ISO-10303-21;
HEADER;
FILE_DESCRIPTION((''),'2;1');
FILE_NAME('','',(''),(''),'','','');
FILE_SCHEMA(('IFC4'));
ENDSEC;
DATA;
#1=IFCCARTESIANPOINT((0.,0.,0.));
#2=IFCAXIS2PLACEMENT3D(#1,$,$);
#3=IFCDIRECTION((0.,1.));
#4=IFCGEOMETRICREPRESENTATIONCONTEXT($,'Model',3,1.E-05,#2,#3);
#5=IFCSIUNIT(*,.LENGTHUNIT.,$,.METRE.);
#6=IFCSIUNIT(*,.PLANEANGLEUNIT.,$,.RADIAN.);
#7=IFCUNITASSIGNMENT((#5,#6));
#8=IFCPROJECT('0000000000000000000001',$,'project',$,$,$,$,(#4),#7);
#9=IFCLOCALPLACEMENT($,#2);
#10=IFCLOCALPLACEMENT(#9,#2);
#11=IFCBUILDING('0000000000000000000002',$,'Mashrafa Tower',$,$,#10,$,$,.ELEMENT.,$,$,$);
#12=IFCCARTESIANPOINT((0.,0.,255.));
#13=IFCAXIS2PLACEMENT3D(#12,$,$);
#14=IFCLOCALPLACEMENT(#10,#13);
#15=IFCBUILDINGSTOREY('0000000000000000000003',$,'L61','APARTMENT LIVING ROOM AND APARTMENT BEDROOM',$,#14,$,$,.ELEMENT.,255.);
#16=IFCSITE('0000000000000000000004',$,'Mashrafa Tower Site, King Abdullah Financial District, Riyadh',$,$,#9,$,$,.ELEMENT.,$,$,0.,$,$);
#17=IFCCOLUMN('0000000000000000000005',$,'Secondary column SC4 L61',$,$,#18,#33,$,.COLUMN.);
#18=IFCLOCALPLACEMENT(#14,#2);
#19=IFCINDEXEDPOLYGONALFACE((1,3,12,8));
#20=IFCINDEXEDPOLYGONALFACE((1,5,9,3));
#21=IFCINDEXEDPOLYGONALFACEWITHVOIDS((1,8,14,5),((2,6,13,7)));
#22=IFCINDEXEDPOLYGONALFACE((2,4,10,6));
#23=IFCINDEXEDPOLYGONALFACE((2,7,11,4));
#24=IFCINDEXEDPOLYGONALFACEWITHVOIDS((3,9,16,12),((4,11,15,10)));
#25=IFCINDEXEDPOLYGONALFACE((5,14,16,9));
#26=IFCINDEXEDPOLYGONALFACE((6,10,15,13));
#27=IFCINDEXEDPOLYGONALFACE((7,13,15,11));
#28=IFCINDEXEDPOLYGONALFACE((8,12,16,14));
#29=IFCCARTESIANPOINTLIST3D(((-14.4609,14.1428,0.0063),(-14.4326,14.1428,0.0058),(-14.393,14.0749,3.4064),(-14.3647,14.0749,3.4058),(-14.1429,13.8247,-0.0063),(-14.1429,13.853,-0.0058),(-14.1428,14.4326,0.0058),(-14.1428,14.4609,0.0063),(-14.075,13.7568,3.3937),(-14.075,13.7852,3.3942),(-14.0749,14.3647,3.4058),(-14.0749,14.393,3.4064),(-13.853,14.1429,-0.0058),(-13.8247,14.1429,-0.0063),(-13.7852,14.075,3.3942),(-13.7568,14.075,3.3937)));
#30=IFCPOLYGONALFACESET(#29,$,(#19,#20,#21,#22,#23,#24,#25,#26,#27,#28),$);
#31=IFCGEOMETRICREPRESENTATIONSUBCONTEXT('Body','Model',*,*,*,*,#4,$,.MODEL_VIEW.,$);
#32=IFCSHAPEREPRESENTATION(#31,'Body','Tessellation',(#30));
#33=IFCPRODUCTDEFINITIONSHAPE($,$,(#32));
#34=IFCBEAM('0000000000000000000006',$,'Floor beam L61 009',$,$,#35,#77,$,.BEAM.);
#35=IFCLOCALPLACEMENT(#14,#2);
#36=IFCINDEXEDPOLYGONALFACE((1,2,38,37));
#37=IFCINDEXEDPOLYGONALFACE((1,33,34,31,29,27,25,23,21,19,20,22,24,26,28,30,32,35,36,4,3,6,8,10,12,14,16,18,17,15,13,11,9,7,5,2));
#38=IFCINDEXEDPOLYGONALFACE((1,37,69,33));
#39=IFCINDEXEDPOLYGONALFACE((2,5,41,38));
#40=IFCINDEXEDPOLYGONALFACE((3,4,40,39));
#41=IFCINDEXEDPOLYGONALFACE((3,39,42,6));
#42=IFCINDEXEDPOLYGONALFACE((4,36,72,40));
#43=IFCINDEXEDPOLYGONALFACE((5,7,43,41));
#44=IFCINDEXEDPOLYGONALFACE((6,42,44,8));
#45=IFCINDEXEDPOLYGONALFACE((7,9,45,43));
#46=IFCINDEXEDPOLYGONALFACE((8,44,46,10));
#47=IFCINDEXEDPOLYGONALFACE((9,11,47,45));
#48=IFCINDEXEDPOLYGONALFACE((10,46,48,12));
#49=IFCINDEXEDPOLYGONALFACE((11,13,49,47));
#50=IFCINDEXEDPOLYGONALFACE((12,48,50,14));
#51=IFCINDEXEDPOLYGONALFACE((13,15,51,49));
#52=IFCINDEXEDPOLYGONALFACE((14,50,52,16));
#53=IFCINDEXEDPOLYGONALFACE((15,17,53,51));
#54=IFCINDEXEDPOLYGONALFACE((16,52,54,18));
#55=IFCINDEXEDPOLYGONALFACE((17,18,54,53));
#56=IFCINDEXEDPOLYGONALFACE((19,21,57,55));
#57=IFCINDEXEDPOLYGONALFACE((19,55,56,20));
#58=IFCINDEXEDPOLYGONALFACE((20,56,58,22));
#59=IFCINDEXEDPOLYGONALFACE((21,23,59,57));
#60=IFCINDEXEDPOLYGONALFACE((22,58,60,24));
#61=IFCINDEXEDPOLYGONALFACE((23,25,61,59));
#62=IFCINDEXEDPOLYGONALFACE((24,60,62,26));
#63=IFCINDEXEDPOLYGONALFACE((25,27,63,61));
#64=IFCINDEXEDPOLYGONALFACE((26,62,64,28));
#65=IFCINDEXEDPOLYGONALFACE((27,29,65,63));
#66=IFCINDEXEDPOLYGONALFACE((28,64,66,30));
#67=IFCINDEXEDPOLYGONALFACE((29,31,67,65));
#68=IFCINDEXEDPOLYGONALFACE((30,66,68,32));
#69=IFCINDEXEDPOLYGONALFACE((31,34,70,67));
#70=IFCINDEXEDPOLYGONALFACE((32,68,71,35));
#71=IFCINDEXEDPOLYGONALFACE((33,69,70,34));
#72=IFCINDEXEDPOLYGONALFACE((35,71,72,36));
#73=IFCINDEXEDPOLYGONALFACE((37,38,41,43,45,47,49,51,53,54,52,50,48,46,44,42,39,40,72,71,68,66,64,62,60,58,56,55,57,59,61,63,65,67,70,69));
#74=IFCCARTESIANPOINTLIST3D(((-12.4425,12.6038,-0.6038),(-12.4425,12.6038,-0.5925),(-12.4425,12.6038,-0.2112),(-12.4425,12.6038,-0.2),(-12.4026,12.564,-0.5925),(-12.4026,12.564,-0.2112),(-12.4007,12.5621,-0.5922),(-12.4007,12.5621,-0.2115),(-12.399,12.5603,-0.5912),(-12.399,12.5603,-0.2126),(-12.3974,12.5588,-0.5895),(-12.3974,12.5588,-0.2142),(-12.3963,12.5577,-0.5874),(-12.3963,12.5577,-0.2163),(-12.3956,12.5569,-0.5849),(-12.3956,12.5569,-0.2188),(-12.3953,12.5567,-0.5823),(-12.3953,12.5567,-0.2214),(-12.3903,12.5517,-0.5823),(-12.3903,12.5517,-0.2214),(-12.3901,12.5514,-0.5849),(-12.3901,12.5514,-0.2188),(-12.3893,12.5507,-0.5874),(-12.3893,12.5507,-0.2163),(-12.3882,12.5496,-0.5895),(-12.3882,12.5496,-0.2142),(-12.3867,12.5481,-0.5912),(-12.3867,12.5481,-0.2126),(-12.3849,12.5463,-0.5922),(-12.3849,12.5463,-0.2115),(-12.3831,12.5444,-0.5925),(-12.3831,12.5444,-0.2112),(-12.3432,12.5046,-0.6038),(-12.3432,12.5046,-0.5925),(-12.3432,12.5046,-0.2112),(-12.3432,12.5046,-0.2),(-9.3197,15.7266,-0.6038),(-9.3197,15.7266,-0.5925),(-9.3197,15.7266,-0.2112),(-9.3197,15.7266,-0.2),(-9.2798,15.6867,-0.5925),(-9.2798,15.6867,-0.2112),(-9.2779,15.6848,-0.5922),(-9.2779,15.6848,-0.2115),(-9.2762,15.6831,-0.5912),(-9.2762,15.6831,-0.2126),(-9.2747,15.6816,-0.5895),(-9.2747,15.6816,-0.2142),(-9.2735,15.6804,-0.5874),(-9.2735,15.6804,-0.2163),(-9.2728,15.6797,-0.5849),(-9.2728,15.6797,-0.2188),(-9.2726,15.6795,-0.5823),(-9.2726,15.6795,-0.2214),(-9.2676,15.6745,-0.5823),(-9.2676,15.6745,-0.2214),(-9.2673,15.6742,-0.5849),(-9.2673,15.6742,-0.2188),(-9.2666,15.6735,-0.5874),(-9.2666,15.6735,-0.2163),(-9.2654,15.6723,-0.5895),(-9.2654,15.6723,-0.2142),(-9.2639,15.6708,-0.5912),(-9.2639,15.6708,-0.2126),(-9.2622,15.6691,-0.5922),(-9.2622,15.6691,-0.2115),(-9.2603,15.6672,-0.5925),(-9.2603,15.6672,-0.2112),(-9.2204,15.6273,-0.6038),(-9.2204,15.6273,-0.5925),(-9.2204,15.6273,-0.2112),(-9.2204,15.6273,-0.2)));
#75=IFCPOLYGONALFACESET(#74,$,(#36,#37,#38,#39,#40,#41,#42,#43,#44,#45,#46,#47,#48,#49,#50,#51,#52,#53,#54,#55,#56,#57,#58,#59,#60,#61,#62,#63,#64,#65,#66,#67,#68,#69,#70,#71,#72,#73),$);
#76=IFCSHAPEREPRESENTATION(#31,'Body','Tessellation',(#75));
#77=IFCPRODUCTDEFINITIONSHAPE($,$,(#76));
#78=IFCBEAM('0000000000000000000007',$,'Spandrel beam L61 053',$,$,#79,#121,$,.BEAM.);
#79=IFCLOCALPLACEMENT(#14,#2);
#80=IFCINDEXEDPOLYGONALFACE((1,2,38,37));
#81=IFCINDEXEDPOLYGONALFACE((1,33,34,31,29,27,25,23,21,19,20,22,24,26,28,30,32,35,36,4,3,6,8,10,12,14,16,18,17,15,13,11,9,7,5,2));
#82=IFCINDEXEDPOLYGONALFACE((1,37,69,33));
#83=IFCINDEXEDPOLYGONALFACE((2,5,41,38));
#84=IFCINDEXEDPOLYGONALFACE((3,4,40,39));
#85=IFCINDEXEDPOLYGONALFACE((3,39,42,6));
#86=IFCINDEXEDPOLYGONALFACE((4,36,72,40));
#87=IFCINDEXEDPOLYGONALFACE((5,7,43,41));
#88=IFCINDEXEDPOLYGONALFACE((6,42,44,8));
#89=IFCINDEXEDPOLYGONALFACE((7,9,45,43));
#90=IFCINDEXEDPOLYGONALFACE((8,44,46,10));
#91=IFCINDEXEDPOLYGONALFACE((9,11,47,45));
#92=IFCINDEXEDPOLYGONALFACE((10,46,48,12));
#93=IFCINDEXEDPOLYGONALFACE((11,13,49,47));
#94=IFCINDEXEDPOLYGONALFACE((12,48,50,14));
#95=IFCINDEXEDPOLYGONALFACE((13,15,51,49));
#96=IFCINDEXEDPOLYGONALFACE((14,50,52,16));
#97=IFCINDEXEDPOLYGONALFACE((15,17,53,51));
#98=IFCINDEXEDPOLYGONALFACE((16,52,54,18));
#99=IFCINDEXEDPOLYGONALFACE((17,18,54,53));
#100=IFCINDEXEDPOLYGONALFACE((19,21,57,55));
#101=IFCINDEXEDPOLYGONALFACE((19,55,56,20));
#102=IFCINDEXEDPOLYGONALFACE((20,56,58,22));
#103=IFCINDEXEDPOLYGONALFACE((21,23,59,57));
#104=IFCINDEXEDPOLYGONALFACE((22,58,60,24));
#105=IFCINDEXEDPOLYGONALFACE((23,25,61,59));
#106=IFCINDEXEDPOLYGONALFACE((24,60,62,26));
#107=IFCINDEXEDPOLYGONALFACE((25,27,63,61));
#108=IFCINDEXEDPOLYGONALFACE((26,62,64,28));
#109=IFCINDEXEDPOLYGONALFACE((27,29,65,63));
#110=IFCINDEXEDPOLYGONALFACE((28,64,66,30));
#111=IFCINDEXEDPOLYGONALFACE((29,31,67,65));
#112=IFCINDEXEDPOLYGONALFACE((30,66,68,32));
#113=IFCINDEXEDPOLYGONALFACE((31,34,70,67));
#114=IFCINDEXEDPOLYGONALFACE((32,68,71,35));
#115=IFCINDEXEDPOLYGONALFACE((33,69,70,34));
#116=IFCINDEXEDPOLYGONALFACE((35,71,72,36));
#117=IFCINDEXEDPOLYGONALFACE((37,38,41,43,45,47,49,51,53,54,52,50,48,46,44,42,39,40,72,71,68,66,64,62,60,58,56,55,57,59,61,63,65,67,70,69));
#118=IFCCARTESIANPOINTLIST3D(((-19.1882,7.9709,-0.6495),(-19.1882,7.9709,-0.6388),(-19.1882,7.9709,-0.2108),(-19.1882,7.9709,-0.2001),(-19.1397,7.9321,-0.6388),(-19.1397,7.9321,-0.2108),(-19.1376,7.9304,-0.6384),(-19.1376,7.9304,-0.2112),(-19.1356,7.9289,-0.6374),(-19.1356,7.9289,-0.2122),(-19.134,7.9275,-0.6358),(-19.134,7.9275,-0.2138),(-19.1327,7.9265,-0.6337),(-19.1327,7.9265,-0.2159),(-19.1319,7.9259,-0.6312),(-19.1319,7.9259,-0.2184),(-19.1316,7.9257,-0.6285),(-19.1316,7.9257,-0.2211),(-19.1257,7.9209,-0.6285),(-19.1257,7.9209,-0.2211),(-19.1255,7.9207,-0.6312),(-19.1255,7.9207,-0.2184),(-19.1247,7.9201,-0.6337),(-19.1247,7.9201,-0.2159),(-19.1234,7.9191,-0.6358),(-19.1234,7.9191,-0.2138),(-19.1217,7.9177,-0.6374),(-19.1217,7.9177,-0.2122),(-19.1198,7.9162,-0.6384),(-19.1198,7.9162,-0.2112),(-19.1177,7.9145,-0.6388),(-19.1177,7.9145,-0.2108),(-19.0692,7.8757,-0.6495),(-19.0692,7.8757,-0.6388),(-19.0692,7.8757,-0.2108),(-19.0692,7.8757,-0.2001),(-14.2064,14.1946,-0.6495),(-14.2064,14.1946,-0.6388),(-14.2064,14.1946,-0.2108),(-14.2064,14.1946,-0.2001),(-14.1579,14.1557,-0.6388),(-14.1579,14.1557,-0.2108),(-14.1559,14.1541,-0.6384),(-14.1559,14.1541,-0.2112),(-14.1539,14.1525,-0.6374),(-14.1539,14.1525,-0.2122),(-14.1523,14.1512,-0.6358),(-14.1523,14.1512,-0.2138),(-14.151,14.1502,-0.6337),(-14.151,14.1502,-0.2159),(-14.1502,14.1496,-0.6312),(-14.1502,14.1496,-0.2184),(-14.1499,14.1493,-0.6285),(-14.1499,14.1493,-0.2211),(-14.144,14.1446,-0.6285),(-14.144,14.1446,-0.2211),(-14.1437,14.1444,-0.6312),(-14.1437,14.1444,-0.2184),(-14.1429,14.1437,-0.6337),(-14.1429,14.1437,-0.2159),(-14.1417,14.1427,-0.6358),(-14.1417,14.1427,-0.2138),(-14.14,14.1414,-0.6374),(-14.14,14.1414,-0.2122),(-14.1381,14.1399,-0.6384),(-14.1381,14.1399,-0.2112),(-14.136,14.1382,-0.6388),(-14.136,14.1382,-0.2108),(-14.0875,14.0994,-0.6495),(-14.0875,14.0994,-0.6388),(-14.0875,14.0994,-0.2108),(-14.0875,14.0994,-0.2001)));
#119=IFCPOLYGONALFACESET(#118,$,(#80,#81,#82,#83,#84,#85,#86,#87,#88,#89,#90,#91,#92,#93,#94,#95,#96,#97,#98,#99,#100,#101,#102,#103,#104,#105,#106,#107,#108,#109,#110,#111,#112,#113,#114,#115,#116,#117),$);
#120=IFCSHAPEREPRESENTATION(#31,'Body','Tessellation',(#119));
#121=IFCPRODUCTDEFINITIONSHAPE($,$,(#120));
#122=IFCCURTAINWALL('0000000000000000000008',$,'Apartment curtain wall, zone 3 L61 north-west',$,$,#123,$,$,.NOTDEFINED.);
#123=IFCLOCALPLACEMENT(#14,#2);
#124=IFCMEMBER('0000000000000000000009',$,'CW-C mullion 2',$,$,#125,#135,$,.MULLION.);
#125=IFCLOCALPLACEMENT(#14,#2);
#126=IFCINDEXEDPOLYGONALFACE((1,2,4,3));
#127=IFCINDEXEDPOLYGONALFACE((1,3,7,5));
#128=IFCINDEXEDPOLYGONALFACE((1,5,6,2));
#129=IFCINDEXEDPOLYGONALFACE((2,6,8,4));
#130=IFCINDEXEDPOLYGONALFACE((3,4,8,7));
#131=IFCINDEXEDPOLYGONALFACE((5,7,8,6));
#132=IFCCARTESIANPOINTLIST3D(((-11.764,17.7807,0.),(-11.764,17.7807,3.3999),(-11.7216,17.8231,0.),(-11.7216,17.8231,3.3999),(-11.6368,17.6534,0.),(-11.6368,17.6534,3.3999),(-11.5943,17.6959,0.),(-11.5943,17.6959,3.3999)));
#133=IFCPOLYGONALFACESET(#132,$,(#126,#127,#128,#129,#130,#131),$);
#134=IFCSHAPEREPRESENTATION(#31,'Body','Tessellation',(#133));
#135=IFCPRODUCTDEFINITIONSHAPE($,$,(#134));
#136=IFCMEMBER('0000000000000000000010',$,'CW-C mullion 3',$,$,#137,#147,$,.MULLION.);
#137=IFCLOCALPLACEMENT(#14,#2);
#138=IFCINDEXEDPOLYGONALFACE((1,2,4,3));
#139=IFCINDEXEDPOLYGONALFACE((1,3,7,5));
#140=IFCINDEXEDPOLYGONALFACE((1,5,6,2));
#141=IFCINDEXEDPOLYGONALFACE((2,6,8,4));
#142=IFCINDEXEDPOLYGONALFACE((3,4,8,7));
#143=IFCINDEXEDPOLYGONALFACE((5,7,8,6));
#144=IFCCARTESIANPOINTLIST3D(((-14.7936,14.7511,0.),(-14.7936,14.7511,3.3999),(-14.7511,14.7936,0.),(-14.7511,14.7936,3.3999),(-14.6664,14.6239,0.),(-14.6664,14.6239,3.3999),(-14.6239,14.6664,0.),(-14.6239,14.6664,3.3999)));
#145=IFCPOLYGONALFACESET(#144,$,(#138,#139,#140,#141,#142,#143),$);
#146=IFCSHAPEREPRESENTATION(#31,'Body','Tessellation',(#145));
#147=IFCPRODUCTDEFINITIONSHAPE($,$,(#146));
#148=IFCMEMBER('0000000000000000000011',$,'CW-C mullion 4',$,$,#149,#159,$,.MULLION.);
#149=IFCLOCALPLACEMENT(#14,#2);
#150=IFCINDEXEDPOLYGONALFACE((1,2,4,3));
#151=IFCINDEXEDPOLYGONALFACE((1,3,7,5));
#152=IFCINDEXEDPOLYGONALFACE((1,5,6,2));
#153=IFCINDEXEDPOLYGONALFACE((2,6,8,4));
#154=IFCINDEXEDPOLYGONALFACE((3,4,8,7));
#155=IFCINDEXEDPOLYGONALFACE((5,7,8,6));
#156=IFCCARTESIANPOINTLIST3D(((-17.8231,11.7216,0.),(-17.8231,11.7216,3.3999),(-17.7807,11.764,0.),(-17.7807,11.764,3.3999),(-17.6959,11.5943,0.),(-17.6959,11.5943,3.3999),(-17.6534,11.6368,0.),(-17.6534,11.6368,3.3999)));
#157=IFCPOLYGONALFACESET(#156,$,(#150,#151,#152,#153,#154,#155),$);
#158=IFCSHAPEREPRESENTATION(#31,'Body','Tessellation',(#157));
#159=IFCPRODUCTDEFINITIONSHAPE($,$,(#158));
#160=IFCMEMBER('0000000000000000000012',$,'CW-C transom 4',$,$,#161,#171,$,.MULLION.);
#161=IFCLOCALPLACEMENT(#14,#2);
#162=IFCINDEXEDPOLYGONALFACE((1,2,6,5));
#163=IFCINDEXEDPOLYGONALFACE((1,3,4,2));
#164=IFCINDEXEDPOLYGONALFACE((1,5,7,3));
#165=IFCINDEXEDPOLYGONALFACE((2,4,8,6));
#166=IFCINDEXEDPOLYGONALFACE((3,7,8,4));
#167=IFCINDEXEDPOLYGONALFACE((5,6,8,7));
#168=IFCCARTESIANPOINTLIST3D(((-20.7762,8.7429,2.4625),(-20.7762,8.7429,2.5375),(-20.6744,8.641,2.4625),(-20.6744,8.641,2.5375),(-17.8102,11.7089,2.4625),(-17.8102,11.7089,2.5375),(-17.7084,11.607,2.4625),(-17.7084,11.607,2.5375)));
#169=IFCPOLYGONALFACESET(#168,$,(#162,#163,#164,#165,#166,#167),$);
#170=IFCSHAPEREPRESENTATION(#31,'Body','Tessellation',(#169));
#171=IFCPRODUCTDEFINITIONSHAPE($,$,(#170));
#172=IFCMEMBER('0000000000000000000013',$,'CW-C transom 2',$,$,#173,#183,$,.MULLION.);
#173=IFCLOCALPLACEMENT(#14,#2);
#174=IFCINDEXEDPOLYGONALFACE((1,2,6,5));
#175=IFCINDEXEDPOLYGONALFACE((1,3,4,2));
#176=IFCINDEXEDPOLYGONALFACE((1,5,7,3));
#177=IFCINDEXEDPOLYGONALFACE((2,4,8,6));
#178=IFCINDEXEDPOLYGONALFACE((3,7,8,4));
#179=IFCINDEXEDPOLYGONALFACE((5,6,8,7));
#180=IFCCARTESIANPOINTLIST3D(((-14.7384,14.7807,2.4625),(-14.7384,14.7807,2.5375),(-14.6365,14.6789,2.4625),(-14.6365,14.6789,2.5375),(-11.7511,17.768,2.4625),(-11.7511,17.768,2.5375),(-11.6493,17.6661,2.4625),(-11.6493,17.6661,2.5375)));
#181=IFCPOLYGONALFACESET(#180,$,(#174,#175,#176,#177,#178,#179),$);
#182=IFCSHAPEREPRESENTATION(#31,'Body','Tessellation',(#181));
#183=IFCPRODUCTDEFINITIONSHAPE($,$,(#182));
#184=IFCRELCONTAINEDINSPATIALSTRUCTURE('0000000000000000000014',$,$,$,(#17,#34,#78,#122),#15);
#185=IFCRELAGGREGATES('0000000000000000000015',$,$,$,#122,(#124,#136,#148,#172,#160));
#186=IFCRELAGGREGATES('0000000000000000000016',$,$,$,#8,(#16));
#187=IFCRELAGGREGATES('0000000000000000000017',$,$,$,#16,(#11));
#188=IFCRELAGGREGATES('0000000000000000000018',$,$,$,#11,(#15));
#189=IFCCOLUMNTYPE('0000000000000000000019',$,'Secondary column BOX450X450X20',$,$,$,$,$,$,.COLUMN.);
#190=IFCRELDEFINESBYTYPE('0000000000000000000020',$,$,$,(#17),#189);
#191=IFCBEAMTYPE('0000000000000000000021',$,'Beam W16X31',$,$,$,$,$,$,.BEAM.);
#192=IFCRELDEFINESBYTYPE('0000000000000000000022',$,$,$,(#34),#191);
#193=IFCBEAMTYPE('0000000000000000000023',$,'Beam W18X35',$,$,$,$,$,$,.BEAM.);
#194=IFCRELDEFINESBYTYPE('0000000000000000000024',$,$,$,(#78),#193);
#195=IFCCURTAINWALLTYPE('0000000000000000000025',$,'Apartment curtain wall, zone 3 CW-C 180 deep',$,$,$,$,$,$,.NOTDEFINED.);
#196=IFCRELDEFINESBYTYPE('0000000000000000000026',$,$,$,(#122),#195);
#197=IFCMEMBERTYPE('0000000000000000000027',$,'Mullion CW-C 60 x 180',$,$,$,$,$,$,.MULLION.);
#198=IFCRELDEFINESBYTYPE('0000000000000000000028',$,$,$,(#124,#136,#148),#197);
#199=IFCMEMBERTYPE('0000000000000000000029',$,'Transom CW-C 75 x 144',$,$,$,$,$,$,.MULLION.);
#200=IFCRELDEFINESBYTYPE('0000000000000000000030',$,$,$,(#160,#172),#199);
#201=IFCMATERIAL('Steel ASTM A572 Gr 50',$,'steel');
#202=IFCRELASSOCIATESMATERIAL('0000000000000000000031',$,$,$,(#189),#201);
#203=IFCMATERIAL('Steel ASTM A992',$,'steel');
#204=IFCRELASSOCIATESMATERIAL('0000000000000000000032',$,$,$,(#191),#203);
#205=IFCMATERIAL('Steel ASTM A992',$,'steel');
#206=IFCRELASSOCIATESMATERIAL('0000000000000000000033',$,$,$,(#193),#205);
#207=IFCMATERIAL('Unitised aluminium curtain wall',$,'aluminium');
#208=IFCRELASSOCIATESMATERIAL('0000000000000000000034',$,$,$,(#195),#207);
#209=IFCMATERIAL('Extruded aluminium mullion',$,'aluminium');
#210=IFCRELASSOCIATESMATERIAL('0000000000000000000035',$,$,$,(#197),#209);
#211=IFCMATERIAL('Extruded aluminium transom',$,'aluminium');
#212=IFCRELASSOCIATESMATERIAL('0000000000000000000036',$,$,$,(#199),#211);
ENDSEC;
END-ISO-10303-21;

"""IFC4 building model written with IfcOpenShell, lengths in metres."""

from ifc_helpers import new_model, si_unit, direction, frame, origin, origin_2d, place, context, subcontext, project, spatial, rectangle, hollow_rectangle, i_section, extrude, source, transform, mapped, material, material_profile, profile_set, type_object, type_shapes, element, aggregate, save


model = new_model("IFC4")

# Units and contexts
model_context = context("Model", 3, precision=1e-05, world=origin(), true_north=direction((0.0, 1.0)))
body_context = subcontext(model_context, "Body", "Model", "MODEL_VIEW")
ifc_project = project(units=[si_unit("LENGTHUNIT", "METRE"), si_unit("PLANEANGLEUNIT", "RADIAN")], contexts=[model_context])

# Site, building, storey
site_placement = place(None, origin())
site = spatial("IfcSite", under=ifc_project, at=site_placement, Name="Mashrafa Tower Site, King Abdullah Financial District, Riyadh", CompositionType="ELEMENT", RefElevation=0.0)
building_placement = place(site_placement, origin())
building = spatial("IfcBuilding", under=site, at=building_placement, Name="Mashrafa Tower", CompositionType="ELEMENT")
storey_placement = place(building_placement, frame((0.0, 0.0, 255.0)))
storey = spatial("IfcBuildingStorey", under=building, at=storey_placement, Name="L61", Description="APARTMENT LIVING ROOM AND APARTMENT BEDROOM", CompositionType="ELEMENT", Elevation=255.0)

# Column
ifc_material_1 = material(Name="Steel ASTM A572 Gr 50", Category="steel")
ifc_material_profile_1 = material_profile(ifc_material_1, hollow_rectangle(XDim=0.45, YDim=0.45, WallThickness=0.02, at=origin_2d()), Name="BOX450X450X20")
ifc_profile_set_1 = profile_set([ifc_material_profile_1], Name="Steel ASTM A572 Gr 50")
column_type = type_object("IfcColumnType", Name="Secondary column BOX450X450X20", PredefinedType="COLUMN", material=ifc_profile_set_1)
column_placement = place(storey_placement, frame((-14.1428, 14.1428, 0.0), z_axis=(0.019955, -0.019955, 0.999602), x_axis=(0.707107, 0.707107, 0.0)))
element("IfcColumn", 1, at=column_placement, inside=storey, type_object=column_type, Name="Secondary column SC4 L61", PredefinedType="COLUMN", context=body_context, shape_type="SweptSolid", body=[
    extrude(hollow_rectangle(XDim=0.45, YDim=0.45, WallThickness=0.02, at=origin_2d()), origin(), (0.0, 0.0, 1.0), 3.4014),
])

# Beams
ifc_material_2 = material(Name="Steel ASTM A992", Category="steel")
ifc_material_profile_2 = material_profile(ifc_material_2, i_section(OverallWidth=0.1404, OverallDepth=0.4038, WebThickness=0.0071, FlangeThickness=0.0112, FilletRadius=0.0103, at=origin_2d()), Name="W16X31")
ifc_profile_set_2 = profile_set([ifc_material_profile_2], Name="Steel ASTM A992")
beam_type_1 = type_object("IfcBeamType", Name="Beam W16X31", PredefinedType="BEAM", material=ifc_profile_set_2)
beam_1_placement = place(storey_placement, frame((-12.3928, 12.5542, -0.4019), z_axis=(0.707107, 0.707107, 0.0), x_axis=(-0.707107, 0.707107, 0.0)))
element("IfcBeam", 2, at=beam_1_placement, inside=storey, type_object=beam_type_1, Name="Floor beam L61 009", PredefinedType="BEAM", context=body_context, shape_type="SweptSolid", body=[
    extrude(i_section(OverallWidth=0.1404, OverallDepth=0.4038, WebThickness=0.0071, FlangeThickness=0.0112, FilletRadius=0.0103, at=origin_2d()), origin(), (0.0, 0.0, 1.0), 4.4163),
])
ifc_material_3 = material(Name="Steel ASTM A992", Category="steel")
ifc_material_profile_3 = material_profile(ifc_material_3, i_section(OverallWidth=0.1523, OverallDepth=0.4495, WebThickness=0.0076, FlangeThickness=0.0107, FilletRadius=0.0103, at=origin_2d()), Name="W18X35")
ifc_profile_set_3 = profile_set([ifc_material_profile_3], Name="Steel ASTM A992")
beam_type_2 = type_object("IfcBeamType", Name="Beam W18X35", PredefinedType="BEAM", material=ifc_profile_set_3)
beam_2_placement = place(storey_placement, frame((-14.147, 14.147, -0.4248), z_axis=(-0.624908, -0.780698, 0.0), x_axis=(0.780698, -0.624908, 0.0)))
element("IfcBeam", 3, at=beam_2_placement, inside=storey, type_object=beam_type_2, Name="Spandrel beam L61 053", PredefinedType="BEAM", context=body_context, shape_type="SweptSolid", body=[
    extrude(i_section(OverallWidth=0.1523, OverallDepth=0.4495, WebThickness=0.0076, FlangeThickness=0.0107, FilletRadius=0.0103, at=origin_2d()), origin(), (0.0, 0.0, 1.0), 7.9719),
])

# Curtain wall, members
ifc_material_4 = material(Name="Unitised aluminium curtain wall", Category="aluminium")
curtain_wall_type = type_object("IfcCurtainWallType", Name="Apartment curtain wall, zone 3 CW-C 180 deep", PredefinedType="NOTDEFINED", material=ifc_material_4)
curtain_wall_placement = place(storey_placement, origin())
curtain_wall = element("IfcCurtainWall", 4, at=curtain_wall_placement, inside=storey, type_object=curtain_wall_type, Name="Apartment curtain wall, zone 3 L61 north-west", PredefinedType="NOTDEFINED")
ifc_material_5 = material(Name="Extruded aluminium mullion", Category="aluminium")
ifc_material_profile_4 = material_profile(ifc_material_5, rectangle(XDim=0.1799, YDim=0.0601, at=origin_2d()), Name="Mullion 60x180")
ifc_profile_set_4 = profile_set([ifc_material_profile_4], Name="Extruded aluminium mullion")
member_type_1 = type_object("IfcMemberType", Name="Mullion CW-C 60 x 180", PredefinedType="MULLION", material=ifc_profile_set_4)
shared_shape_1 = source(origin(), body_context, "Body", "SweptSolid", [
    extrude(rectangle(XDim=0.1799, YDim=0.0601, at=origin_2d()), origin(), (0.0, 0.0, 1.0), 3.3999),
])
type_shapes(member_type_1, [shared_shape_1])
member_1_placement = place(storey_placement, frame((-11.6792, 17.7383, 0.0), z_axis=(0.0, 0.0, 1.0), x_axis=(0.707107, -0.707107, 0.0)))
member_1 = element("IfcMember", 5, at=member_1_placement, type_object=member_type_1, Name="CW-C mullion 2", PredefinedType="MULLION", context=body_context, shape_type="MappedRepresentation", body=[
    mapped(shared_shape_1, transform((0.0, 0.0, 0.0))),
])
member_2_placement = place(storey_placement, frame((-14.7087, 14.7087, 0.0), z_axis=(0.0, 0.0, 1.0), x_axis=(0.707107, -0.707107, 0.0)))
member_2 = element("IfcMember", 6, at=member_2_placement, type_object=member_type_1, Name="CW-C mullion 3", PredefinedType="MULLION", context=body_context, shape_type="MappedRepresentation", body=[
    mapped(shared_shape_1, transform((0.0, 0.0, 0.0))),
])
member_3_placement = place(storey_placement, frame((-17.7383, 11.6792, 0.0), z_axis=(0.0, 0.0, 1.0), x_axis=(0.707107, -0.707107, 0.0)))
member_3 = element("IfcMember", 7, at=member_3_placement, type_object=member_type_1, Name="CW-C mullion 4", PredefinedType="MULLION", context=body_context, shape_type="MappedRepresentation", body=[
    mapped(shared_shape_1, transform((0.0, 0.0, 0.0))),
])
ifc_material_6 = material(Name="Extruded aluminium transom", Category="aluminium")
ifc_material_profile_5 = material_profile(ifc_material_6, rectangle(XDim=0.144, YDim=0.075, at=origin_2d()), Name="Transom 75x144")
ifc_profile_set_5 = profile_set([ifc_material_profile_5], Name="Extruded aluminium transom")
member_type_2 = type_object("IfcMemberType", Name="Transom CW-C 75 x 144", PredefinedType="MULLION", material=ifc_profile_set_5)
shared_shape_2 = source(origin(), body_context, "Body", "SweptSolid", [
    extrude(rectangle(XDim=0.144, YDim=0.075, at=origin_2d()), origin(), (0.0, 0.0, 1.0), 4.1946),
])
member_4_placement = place(storey_placement, frame((-17.7593, 11.658, 2.5), z_axis=(-0.707107, -0.707107, 0.0), x_axis=(0.707107, -0.707107, 0.0)))
member_4 = element("IfcMember", 8, at=member_4_placement, type_object=member_type_2, Name="CW-C transom 4", PredefinedType="MULLION", context=body_context, shape_type="MappedRepresentation", body=[
    mapped(shared_shape_2, transform((0.0, 0.0, 0.0))),
])
shared_shape_3 = source(origin(), body_context, "Body", "SweptSolid", [
    extrude(rectangle(XDim=0.144, YDim=0.075, at=origin_2d()), origin(), (0.0, 0.0, 1.0), 4.2246),
])
type_shapes(member_type_2, [shared_shape_2, shared_shape_3])
member_5_placement = place(storey_placement, frame((-11.7002, 17.717, 2.5), z_axis=(-0.707107, -0.707107, 0.0), x_axis=(0.707107, -0.707107, 0.0)))
member_5 = element("IfcMember", 9, at=member_5_placement, type_object=member_type_2, Name="CW-C transom 2", PredefinedType="MULLION", context=body_context, shape_type="MappedRepresentation", body=[
    mapped(shared_shape_3, transform((0.0, 0.0, 0.0))),
])
aggregate(curtain_wall, [member_1, member_2, member_3, member_5, member_4])

save(model, "model.ifc")
